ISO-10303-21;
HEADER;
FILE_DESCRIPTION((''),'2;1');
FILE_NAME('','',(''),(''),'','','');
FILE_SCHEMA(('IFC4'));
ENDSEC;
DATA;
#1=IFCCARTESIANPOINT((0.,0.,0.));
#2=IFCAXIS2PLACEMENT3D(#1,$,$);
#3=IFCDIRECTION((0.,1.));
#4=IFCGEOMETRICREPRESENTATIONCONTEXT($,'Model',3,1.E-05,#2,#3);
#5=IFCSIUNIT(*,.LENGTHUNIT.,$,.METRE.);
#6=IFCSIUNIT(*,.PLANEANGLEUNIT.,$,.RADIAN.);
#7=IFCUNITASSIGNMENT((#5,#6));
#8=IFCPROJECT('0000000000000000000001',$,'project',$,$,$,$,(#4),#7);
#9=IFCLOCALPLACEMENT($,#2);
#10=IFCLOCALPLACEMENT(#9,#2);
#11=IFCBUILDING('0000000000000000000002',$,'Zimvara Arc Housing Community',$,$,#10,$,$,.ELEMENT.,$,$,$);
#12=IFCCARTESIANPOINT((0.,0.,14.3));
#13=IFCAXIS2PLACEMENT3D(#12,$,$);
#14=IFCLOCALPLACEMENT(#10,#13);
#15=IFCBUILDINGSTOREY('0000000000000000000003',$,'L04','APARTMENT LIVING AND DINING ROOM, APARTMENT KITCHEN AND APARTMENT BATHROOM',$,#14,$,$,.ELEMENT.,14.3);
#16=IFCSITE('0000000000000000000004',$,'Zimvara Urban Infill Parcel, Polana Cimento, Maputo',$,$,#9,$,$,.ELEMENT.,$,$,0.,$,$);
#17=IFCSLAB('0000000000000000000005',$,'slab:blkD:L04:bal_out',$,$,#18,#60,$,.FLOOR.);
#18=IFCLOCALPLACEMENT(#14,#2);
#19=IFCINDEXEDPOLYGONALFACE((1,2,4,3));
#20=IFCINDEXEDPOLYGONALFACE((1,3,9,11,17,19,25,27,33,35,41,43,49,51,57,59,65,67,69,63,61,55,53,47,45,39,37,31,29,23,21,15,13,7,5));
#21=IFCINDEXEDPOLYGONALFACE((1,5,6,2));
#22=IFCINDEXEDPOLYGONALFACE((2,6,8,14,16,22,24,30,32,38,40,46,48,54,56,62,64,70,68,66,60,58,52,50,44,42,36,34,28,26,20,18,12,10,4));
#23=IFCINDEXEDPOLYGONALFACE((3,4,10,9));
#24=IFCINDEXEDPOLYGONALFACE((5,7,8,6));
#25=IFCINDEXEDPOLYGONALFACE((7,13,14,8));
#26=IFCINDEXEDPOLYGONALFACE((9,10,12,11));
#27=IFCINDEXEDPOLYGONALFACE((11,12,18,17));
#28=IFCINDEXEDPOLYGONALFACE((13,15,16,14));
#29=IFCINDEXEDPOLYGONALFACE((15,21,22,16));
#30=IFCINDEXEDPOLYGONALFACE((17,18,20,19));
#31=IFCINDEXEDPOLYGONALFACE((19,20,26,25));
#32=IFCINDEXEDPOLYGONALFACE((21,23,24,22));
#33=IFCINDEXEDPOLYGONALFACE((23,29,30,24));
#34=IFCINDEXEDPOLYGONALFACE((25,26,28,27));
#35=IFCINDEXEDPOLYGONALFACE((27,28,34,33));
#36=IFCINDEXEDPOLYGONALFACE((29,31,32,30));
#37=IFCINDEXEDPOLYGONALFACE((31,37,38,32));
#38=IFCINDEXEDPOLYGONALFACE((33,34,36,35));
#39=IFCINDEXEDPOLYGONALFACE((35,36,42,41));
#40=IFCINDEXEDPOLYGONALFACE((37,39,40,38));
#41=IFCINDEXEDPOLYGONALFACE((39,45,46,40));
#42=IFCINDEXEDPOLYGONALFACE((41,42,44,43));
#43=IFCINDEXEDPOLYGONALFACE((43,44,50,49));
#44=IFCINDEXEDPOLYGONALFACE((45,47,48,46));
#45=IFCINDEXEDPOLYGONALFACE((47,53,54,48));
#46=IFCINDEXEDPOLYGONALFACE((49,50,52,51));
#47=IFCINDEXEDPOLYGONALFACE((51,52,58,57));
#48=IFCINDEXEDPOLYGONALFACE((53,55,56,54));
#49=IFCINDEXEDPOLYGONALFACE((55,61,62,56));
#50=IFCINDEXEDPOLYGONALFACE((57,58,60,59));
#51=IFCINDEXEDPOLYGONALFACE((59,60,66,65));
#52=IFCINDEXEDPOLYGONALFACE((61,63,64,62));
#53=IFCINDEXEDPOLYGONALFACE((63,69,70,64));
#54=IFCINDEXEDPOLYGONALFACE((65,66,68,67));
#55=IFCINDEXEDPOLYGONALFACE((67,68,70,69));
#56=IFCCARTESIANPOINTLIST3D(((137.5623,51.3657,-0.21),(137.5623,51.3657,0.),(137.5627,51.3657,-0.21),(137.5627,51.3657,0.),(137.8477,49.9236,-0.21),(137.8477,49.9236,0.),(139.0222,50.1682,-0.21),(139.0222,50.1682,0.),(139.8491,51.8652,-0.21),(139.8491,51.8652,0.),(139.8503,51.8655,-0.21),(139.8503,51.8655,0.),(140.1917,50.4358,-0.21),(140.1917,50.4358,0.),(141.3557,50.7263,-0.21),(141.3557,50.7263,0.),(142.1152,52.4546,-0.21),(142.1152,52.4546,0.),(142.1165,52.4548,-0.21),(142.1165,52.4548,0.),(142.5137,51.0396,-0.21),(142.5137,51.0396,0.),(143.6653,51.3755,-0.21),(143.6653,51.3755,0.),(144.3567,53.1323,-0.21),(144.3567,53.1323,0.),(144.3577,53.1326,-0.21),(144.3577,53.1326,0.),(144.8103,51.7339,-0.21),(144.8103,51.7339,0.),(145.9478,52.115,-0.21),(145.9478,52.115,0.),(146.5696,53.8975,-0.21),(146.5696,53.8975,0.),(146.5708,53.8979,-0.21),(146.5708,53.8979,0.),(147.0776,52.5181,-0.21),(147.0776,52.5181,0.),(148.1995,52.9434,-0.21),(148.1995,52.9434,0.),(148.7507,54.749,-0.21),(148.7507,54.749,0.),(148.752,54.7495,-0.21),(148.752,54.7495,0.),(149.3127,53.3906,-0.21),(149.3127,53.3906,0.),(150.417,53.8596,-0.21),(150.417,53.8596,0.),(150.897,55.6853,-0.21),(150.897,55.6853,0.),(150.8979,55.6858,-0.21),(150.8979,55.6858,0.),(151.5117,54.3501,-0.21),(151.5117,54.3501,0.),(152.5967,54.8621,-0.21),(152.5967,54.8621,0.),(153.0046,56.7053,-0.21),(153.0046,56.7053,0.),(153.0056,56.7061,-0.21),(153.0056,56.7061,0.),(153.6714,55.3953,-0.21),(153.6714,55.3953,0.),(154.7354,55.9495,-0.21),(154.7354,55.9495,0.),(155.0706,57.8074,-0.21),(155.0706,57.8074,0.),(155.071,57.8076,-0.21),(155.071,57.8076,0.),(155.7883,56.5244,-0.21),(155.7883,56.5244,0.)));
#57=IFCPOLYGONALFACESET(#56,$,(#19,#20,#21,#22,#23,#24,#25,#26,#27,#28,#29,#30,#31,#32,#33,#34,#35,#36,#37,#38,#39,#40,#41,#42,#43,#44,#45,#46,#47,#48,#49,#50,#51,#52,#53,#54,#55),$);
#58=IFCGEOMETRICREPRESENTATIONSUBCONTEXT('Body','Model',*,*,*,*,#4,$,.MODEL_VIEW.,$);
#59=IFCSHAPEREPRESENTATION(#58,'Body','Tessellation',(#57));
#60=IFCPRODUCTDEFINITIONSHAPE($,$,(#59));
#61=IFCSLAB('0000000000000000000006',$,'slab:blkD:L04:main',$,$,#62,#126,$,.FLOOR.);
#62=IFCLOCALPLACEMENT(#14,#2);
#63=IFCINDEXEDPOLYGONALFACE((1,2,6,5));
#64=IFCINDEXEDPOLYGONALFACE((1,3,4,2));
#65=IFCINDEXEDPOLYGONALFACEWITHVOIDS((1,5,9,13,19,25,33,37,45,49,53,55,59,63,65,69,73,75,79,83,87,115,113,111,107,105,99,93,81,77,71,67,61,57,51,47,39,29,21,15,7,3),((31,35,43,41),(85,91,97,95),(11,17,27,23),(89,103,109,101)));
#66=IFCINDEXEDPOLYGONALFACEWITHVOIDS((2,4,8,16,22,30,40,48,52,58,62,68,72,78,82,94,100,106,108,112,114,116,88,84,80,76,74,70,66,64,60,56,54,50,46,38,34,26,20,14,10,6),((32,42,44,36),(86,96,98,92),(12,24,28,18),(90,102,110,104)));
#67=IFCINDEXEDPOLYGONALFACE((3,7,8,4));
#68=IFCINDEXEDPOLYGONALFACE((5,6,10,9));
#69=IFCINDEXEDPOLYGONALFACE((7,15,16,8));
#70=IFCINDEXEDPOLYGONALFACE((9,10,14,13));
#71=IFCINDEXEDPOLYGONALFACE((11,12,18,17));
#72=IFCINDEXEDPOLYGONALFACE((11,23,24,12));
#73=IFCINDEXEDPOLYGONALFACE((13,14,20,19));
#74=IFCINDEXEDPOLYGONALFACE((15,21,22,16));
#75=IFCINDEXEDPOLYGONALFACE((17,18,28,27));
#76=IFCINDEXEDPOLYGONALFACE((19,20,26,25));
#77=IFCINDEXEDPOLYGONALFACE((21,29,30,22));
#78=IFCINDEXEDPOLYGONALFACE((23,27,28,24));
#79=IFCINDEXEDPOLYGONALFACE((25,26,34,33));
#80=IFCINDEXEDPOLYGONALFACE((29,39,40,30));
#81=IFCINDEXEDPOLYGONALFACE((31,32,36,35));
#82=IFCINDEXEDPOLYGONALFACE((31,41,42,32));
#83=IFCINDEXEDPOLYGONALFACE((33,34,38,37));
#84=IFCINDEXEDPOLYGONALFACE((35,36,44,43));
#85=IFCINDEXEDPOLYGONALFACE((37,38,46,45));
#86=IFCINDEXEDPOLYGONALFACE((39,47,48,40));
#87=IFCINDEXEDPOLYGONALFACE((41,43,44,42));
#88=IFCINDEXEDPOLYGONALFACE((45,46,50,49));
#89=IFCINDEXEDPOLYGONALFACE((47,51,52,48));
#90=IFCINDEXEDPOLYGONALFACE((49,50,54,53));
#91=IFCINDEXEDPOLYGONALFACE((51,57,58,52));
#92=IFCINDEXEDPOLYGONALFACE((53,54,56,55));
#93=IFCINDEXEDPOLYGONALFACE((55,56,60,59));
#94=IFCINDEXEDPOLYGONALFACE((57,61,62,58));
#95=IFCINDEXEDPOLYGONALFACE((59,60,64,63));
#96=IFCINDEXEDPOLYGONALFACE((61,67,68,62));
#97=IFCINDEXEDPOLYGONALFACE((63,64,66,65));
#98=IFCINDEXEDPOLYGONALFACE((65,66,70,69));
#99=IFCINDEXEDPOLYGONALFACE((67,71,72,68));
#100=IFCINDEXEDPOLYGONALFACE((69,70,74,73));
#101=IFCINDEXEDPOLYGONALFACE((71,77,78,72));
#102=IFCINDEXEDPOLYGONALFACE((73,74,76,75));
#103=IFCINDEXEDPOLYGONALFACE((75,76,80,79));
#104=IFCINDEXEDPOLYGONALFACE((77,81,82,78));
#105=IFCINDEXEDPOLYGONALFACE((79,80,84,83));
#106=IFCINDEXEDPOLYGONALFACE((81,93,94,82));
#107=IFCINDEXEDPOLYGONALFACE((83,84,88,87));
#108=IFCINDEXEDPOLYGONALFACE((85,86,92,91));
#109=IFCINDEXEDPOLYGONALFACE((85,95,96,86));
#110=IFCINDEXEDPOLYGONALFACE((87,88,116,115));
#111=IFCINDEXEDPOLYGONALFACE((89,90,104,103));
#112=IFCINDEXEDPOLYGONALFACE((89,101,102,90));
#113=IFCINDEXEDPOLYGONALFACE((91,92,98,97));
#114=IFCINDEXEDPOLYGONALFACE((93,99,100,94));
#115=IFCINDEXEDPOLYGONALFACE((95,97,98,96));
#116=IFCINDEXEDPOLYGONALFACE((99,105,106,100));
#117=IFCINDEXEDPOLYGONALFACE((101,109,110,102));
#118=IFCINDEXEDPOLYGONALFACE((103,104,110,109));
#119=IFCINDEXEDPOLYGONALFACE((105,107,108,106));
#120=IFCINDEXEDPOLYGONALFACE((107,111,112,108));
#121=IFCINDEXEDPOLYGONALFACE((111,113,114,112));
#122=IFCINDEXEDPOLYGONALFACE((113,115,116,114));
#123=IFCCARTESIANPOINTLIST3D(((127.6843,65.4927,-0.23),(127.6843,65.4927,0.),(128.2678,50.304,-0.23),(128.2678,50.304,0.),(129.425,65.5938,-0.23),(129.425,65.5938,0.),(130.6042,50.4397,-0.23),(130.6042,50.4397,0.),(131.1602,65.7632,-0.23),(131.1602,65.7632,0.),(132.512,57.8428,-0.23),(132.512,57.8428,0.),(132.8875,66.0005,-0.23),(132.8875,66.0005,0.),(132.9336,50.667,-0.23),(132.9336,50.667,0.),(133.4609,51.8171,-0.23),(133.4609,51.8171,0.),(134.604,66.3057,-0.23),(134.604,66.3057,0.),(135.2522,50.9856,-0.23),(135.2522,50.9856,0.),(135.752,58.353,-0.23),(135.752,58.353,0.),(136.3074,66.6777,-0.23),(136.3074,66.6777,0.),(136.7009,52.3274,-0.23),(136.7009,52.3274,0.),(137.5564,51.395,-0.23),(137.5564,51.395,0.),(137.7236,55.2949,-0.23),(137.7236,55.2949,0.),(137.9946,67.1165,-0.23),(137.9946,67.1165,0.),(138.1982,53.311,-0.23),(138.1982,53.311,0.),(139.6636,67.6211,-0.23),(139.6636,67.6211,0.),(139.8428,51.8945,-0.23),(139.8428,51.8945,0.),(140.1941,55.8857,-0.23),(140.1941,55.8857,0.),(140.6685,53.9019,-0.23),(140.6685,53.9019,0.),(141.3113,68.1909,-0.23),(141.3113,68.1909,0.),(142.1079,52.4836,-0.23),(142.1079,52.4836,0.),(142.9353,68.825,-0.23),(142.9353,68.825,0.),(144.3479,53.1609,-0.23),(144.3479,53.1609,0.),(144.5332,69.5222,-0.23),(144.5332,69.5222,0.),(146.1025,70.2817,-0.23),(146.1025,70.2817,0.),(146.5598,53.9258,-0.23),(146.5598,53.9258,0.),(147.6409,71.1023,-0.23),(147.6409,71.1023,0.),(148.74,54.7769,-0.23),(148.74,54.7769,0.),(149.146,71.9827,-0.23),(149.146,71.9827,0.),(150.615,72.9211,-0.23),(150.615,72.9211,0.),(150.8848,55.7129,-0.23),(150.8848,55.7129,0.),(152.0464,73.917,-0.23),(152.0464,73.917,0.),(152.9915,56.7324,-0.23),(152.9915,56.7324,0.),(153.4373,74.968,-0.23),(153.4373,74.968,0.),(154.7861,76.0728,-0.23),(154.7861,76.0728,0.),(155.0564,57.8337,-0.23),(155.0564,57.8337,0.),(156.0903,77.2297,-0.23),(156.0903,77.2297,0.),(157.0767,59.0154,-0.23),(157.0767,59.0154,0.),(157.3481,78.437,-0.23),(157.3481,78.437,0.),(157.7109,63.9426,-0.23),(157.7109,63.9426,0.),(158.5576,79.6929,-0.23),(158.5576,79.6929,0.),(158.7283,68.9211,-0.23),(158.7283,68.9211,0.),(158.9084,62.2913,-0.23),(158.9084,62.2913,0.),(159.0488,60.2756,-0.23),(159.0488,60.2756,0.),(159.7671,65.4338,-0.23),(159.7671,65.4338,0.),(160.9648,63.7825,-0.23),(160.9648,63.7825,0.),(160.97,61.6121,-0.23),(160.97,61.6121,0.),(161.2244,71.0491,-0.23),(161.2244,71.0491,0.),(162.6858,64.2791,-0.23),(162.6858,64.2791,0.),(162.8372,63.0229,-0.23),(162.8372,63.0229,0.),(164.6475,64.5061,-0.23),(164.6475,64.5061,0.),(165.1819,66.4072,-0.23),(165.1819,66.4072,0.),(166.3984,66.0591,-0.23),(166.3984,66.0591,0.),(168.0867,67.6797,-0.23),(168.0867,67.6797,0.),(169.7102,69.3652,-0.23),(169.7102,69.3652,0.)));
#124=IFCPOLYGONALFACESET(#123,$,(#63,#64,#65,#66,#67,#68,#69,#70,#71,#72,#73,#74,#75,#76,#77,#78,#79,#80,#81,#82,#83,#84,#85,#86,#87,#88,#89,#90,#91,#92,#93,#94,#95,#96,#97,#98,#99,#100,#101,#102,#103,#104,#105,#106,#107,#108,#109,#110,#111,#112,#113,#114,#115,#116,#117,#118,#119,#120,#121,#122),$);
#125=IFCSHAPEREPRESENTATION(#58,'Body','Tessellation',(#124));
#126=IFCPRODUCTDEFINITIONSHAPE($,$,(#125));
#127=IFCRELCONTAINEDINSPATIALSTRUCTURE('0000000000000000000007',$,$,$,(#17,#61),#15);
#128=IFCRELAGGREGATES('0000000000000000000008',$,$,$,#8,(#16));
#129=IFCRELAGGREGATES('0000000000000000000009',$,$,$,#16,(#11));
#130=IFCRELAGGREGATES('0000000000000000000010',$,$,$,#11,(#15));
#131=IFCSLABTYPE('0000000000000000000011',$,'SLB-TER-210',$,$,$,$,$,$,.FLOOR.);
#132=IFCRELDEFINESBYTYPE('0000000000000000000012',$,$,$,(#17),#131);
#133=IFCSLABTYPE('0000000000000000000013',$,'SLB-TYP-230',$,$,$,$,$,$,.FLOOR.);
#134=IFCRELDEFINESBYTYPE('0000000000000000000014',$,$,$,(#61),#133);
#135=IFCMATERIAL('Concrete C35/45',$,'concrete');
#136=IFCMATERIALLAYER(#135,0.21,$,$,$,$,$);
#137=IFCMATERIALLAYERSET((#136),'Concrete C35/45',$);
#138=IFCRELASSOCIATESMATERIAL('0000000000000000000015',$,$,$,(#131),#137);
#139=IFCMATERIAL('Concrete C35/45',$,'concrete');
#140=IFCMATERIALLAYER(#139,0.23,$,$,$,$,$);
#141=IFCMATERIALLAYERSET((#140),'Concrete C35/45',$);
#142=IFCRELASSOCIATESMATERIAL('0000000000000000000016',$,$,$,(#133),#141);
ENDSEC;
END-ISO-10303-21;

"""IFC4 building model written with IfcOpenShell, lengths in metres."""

from ifc_helpers import new_model, si_unit, direction, frame, origin, place, context, subcontext, project, spatial, polyline, outline, extrude, material, layer, layer_set, type_object, element, save


model = new_model("IFC4")

# Units and contexts
model_context = context("Model", 3, precision=1e-05, world=origin(), true_north=direction((0.0, 1.0)))
body_context = subcontext(model_context, "Body", "Model", "MODEL_VIEW")
ifc_project = project(units=[si_unit("LENGTHUNIT", "METRE"), si_unit("PLANEANGLEUNIT", "RADIAN")], contexts=[model_context])

# Site, building, storey
site_placement = place(None, origin())
site = spatial("IfcSite", under=ifc_project, at=site_placement, Name="Zimvara Urban Infill Parcel, Polana Cimento, Maputo", CompositionType="ELEMENT", RefElevation=0.0)
building_placement = place(site_placement, origin())
building = spatial("IfcBuilding", under=site, at=building_placement, Name="Zimvara Arc Housing Community", CompositionType="ELEMENT")
storey_placement = place(building_placement, frame((0.0, 0.0, 14.3)))
storey = spatial("IfcBuildingStorey", under=building, at=storey_placement, Name="L04", Description="APARTMENT LIVING AND DINING ROOM, APARTMENT KITCHEN AND APARTMENT BATHROOM", CompositionType="ELEMENT", Elevation=14.3)

# Slabs
ifc_material_1 = material(Name="Concrete C35/45", Category="concrete")
ifc_layer_1 = layer(ifc_material_1, 0.21)
ifc_layer_set_1 = layer_set([ifc_layer_1], Name="Concrete C35/45")
slab_type_1 = type_object("IfcSlabType", Name="SLB-TER-210", PredefinedType="FLOOR", material=ifc_layer_set_1)
slab_1_placement = place(storey_placement, frame((0.0, 0.0, -0.21)))
element("IfcSlab", 1, at=slab_1_placement, inside=storey, type_object=slab_type_1, Name="slab:blkD:L04:bal_out", PredefinedType="FLOOR", context=body_context, shape_type="SweptSolid", body=[
    extrude(outline(polyline([(155.071, 57.8076), (155.0706, 57.8074), (153.0056, 56.7061), (153.0046, 56.7053), (150.8979, 55.6858), (150.897, 55.6853), (148.752, 54.7495), (148.7507, 54.749), (146.5708, 53.8979), (146.5696, 53.8975), (144.3577, 53.1326), (144.3567, 53.1323), (142.1165, 52.4548), (142.1152, 52.4546), (139.8503, 51.8655), (139.8491, 51.8652), (137.5627, 51.3657), (137.5623, 51.3657), (137.8477, 49.9236), (139.0222, 50.1682), (140.1917, 50.4358), (141.3557, 50.7263), (142.5137, 51.0396), (143.6653, 51.3755), (144.8103, 51.7339), (145.9478, 52.115), (147.0776, 52.5181), (148.1995, 52.9434), (149.3127, 53.3906), (150.417, 53.8596), (151.5117, 54.3501), (152.5967, 54.8621), (153.6714, 55.3953), (154.7354, 55.9495), (155.7883, 56.5244), (155.071, 57.8076)])), origin(), (0.0, 0.0, 1.0), 0.21),
])
ifc_material_2 = material(Name="Concrete C35/45", Category="concrete")
ifc_layer_2 = layer(ifc_material_2, 0.23)
ifc_layer_set_2 = layer_set([ifc_layer_2], Name="Concrete C35/45")
slab_type_2 = type_object("IfcSlabType", Name="SLB-TYP-230", PredefinedType="FLOOR", material=ifc_layer_set_2)
slab_2_placement = place(storey_placement, frame((0.0, 0.0, -0.23)))
element("IfcSlab", 2, at=slab_2_placement, inside=storey, type_object=slab_type_2, Name="slab:blkD:L04:main", PredefinedType="FLOOR", context=body_context, shape_type="SweptSolid", body=[
    extrude(outline(polyline([(128.2678, 50.304), (130.6042, 50.4397), (132.9336, 50.667), (135.2522, 50.9856), (137.5564, 51.395), (139.8428, 51.8945), (142.1079, 52.4836), (144.3479, 53.1609), (146.5598, 53.9258), (148.74, 54.7769), (150.8848, 55.7129), (152.9915, 56.7324), (155.0564, 57.8337), (157.0767, 59.0154), (159.0488, 60.2756), (160.97, 61.6121), (162.8372, 63.0229), (164.6475, 64.5061), (166.3984, 66.0591), (168.0867, 67.6797), (169.7102, 69.3652), (158.5576, 79.6929), (157.3481, 78.437), (156.0903, 77.2297), (154.7861, 76.0728), (153.4373, 74.968), (152.0464, 73.917), (150.615, 72.9211), (149.146, 71.9827), (147.6409, 71.1023), (146.1025, 70.2817), (144.5332, 69.5222), (142.9353, 68.825), (141.3113, 68.1909), (139.6636, 67.6211), (137.9946, 67.1165), (136.3074, 66.6777), (134.604, 66.3057), (132.8875, 66.0005), (131.1602, 65.7632), (129.425, 65.5938), (127.6843, 65.4927), (128.2678, 50.304)]), holes=[polyline([(135.752, 58.353), (136.7009, 52.3274), (133.4609, 51.8171), (132.512, 57.8428), (135.752, 58.353)]), polyline([(161.2244, 71.0491), (165.1819, 66.4072), (162.6858, 64.2791), (158.7283, 68.9211), (161.2244, 71.0491)]), polyline([(140.1941, 55.8857), (140.6685, 53.9019), (138.1982, 53.311), (137.7236, 55.2949), (140.1941, 55.8857)]), polyline([(159.7671, 65.4338), (160.9648, 63.7825), (158.9084, 62.2913), (157.7109, 63.9426), (159.7671, 65.4338)])]), origin(), (0.0, 0.0, 1.0), 0.23),
])

save(model, "model.ifc")
